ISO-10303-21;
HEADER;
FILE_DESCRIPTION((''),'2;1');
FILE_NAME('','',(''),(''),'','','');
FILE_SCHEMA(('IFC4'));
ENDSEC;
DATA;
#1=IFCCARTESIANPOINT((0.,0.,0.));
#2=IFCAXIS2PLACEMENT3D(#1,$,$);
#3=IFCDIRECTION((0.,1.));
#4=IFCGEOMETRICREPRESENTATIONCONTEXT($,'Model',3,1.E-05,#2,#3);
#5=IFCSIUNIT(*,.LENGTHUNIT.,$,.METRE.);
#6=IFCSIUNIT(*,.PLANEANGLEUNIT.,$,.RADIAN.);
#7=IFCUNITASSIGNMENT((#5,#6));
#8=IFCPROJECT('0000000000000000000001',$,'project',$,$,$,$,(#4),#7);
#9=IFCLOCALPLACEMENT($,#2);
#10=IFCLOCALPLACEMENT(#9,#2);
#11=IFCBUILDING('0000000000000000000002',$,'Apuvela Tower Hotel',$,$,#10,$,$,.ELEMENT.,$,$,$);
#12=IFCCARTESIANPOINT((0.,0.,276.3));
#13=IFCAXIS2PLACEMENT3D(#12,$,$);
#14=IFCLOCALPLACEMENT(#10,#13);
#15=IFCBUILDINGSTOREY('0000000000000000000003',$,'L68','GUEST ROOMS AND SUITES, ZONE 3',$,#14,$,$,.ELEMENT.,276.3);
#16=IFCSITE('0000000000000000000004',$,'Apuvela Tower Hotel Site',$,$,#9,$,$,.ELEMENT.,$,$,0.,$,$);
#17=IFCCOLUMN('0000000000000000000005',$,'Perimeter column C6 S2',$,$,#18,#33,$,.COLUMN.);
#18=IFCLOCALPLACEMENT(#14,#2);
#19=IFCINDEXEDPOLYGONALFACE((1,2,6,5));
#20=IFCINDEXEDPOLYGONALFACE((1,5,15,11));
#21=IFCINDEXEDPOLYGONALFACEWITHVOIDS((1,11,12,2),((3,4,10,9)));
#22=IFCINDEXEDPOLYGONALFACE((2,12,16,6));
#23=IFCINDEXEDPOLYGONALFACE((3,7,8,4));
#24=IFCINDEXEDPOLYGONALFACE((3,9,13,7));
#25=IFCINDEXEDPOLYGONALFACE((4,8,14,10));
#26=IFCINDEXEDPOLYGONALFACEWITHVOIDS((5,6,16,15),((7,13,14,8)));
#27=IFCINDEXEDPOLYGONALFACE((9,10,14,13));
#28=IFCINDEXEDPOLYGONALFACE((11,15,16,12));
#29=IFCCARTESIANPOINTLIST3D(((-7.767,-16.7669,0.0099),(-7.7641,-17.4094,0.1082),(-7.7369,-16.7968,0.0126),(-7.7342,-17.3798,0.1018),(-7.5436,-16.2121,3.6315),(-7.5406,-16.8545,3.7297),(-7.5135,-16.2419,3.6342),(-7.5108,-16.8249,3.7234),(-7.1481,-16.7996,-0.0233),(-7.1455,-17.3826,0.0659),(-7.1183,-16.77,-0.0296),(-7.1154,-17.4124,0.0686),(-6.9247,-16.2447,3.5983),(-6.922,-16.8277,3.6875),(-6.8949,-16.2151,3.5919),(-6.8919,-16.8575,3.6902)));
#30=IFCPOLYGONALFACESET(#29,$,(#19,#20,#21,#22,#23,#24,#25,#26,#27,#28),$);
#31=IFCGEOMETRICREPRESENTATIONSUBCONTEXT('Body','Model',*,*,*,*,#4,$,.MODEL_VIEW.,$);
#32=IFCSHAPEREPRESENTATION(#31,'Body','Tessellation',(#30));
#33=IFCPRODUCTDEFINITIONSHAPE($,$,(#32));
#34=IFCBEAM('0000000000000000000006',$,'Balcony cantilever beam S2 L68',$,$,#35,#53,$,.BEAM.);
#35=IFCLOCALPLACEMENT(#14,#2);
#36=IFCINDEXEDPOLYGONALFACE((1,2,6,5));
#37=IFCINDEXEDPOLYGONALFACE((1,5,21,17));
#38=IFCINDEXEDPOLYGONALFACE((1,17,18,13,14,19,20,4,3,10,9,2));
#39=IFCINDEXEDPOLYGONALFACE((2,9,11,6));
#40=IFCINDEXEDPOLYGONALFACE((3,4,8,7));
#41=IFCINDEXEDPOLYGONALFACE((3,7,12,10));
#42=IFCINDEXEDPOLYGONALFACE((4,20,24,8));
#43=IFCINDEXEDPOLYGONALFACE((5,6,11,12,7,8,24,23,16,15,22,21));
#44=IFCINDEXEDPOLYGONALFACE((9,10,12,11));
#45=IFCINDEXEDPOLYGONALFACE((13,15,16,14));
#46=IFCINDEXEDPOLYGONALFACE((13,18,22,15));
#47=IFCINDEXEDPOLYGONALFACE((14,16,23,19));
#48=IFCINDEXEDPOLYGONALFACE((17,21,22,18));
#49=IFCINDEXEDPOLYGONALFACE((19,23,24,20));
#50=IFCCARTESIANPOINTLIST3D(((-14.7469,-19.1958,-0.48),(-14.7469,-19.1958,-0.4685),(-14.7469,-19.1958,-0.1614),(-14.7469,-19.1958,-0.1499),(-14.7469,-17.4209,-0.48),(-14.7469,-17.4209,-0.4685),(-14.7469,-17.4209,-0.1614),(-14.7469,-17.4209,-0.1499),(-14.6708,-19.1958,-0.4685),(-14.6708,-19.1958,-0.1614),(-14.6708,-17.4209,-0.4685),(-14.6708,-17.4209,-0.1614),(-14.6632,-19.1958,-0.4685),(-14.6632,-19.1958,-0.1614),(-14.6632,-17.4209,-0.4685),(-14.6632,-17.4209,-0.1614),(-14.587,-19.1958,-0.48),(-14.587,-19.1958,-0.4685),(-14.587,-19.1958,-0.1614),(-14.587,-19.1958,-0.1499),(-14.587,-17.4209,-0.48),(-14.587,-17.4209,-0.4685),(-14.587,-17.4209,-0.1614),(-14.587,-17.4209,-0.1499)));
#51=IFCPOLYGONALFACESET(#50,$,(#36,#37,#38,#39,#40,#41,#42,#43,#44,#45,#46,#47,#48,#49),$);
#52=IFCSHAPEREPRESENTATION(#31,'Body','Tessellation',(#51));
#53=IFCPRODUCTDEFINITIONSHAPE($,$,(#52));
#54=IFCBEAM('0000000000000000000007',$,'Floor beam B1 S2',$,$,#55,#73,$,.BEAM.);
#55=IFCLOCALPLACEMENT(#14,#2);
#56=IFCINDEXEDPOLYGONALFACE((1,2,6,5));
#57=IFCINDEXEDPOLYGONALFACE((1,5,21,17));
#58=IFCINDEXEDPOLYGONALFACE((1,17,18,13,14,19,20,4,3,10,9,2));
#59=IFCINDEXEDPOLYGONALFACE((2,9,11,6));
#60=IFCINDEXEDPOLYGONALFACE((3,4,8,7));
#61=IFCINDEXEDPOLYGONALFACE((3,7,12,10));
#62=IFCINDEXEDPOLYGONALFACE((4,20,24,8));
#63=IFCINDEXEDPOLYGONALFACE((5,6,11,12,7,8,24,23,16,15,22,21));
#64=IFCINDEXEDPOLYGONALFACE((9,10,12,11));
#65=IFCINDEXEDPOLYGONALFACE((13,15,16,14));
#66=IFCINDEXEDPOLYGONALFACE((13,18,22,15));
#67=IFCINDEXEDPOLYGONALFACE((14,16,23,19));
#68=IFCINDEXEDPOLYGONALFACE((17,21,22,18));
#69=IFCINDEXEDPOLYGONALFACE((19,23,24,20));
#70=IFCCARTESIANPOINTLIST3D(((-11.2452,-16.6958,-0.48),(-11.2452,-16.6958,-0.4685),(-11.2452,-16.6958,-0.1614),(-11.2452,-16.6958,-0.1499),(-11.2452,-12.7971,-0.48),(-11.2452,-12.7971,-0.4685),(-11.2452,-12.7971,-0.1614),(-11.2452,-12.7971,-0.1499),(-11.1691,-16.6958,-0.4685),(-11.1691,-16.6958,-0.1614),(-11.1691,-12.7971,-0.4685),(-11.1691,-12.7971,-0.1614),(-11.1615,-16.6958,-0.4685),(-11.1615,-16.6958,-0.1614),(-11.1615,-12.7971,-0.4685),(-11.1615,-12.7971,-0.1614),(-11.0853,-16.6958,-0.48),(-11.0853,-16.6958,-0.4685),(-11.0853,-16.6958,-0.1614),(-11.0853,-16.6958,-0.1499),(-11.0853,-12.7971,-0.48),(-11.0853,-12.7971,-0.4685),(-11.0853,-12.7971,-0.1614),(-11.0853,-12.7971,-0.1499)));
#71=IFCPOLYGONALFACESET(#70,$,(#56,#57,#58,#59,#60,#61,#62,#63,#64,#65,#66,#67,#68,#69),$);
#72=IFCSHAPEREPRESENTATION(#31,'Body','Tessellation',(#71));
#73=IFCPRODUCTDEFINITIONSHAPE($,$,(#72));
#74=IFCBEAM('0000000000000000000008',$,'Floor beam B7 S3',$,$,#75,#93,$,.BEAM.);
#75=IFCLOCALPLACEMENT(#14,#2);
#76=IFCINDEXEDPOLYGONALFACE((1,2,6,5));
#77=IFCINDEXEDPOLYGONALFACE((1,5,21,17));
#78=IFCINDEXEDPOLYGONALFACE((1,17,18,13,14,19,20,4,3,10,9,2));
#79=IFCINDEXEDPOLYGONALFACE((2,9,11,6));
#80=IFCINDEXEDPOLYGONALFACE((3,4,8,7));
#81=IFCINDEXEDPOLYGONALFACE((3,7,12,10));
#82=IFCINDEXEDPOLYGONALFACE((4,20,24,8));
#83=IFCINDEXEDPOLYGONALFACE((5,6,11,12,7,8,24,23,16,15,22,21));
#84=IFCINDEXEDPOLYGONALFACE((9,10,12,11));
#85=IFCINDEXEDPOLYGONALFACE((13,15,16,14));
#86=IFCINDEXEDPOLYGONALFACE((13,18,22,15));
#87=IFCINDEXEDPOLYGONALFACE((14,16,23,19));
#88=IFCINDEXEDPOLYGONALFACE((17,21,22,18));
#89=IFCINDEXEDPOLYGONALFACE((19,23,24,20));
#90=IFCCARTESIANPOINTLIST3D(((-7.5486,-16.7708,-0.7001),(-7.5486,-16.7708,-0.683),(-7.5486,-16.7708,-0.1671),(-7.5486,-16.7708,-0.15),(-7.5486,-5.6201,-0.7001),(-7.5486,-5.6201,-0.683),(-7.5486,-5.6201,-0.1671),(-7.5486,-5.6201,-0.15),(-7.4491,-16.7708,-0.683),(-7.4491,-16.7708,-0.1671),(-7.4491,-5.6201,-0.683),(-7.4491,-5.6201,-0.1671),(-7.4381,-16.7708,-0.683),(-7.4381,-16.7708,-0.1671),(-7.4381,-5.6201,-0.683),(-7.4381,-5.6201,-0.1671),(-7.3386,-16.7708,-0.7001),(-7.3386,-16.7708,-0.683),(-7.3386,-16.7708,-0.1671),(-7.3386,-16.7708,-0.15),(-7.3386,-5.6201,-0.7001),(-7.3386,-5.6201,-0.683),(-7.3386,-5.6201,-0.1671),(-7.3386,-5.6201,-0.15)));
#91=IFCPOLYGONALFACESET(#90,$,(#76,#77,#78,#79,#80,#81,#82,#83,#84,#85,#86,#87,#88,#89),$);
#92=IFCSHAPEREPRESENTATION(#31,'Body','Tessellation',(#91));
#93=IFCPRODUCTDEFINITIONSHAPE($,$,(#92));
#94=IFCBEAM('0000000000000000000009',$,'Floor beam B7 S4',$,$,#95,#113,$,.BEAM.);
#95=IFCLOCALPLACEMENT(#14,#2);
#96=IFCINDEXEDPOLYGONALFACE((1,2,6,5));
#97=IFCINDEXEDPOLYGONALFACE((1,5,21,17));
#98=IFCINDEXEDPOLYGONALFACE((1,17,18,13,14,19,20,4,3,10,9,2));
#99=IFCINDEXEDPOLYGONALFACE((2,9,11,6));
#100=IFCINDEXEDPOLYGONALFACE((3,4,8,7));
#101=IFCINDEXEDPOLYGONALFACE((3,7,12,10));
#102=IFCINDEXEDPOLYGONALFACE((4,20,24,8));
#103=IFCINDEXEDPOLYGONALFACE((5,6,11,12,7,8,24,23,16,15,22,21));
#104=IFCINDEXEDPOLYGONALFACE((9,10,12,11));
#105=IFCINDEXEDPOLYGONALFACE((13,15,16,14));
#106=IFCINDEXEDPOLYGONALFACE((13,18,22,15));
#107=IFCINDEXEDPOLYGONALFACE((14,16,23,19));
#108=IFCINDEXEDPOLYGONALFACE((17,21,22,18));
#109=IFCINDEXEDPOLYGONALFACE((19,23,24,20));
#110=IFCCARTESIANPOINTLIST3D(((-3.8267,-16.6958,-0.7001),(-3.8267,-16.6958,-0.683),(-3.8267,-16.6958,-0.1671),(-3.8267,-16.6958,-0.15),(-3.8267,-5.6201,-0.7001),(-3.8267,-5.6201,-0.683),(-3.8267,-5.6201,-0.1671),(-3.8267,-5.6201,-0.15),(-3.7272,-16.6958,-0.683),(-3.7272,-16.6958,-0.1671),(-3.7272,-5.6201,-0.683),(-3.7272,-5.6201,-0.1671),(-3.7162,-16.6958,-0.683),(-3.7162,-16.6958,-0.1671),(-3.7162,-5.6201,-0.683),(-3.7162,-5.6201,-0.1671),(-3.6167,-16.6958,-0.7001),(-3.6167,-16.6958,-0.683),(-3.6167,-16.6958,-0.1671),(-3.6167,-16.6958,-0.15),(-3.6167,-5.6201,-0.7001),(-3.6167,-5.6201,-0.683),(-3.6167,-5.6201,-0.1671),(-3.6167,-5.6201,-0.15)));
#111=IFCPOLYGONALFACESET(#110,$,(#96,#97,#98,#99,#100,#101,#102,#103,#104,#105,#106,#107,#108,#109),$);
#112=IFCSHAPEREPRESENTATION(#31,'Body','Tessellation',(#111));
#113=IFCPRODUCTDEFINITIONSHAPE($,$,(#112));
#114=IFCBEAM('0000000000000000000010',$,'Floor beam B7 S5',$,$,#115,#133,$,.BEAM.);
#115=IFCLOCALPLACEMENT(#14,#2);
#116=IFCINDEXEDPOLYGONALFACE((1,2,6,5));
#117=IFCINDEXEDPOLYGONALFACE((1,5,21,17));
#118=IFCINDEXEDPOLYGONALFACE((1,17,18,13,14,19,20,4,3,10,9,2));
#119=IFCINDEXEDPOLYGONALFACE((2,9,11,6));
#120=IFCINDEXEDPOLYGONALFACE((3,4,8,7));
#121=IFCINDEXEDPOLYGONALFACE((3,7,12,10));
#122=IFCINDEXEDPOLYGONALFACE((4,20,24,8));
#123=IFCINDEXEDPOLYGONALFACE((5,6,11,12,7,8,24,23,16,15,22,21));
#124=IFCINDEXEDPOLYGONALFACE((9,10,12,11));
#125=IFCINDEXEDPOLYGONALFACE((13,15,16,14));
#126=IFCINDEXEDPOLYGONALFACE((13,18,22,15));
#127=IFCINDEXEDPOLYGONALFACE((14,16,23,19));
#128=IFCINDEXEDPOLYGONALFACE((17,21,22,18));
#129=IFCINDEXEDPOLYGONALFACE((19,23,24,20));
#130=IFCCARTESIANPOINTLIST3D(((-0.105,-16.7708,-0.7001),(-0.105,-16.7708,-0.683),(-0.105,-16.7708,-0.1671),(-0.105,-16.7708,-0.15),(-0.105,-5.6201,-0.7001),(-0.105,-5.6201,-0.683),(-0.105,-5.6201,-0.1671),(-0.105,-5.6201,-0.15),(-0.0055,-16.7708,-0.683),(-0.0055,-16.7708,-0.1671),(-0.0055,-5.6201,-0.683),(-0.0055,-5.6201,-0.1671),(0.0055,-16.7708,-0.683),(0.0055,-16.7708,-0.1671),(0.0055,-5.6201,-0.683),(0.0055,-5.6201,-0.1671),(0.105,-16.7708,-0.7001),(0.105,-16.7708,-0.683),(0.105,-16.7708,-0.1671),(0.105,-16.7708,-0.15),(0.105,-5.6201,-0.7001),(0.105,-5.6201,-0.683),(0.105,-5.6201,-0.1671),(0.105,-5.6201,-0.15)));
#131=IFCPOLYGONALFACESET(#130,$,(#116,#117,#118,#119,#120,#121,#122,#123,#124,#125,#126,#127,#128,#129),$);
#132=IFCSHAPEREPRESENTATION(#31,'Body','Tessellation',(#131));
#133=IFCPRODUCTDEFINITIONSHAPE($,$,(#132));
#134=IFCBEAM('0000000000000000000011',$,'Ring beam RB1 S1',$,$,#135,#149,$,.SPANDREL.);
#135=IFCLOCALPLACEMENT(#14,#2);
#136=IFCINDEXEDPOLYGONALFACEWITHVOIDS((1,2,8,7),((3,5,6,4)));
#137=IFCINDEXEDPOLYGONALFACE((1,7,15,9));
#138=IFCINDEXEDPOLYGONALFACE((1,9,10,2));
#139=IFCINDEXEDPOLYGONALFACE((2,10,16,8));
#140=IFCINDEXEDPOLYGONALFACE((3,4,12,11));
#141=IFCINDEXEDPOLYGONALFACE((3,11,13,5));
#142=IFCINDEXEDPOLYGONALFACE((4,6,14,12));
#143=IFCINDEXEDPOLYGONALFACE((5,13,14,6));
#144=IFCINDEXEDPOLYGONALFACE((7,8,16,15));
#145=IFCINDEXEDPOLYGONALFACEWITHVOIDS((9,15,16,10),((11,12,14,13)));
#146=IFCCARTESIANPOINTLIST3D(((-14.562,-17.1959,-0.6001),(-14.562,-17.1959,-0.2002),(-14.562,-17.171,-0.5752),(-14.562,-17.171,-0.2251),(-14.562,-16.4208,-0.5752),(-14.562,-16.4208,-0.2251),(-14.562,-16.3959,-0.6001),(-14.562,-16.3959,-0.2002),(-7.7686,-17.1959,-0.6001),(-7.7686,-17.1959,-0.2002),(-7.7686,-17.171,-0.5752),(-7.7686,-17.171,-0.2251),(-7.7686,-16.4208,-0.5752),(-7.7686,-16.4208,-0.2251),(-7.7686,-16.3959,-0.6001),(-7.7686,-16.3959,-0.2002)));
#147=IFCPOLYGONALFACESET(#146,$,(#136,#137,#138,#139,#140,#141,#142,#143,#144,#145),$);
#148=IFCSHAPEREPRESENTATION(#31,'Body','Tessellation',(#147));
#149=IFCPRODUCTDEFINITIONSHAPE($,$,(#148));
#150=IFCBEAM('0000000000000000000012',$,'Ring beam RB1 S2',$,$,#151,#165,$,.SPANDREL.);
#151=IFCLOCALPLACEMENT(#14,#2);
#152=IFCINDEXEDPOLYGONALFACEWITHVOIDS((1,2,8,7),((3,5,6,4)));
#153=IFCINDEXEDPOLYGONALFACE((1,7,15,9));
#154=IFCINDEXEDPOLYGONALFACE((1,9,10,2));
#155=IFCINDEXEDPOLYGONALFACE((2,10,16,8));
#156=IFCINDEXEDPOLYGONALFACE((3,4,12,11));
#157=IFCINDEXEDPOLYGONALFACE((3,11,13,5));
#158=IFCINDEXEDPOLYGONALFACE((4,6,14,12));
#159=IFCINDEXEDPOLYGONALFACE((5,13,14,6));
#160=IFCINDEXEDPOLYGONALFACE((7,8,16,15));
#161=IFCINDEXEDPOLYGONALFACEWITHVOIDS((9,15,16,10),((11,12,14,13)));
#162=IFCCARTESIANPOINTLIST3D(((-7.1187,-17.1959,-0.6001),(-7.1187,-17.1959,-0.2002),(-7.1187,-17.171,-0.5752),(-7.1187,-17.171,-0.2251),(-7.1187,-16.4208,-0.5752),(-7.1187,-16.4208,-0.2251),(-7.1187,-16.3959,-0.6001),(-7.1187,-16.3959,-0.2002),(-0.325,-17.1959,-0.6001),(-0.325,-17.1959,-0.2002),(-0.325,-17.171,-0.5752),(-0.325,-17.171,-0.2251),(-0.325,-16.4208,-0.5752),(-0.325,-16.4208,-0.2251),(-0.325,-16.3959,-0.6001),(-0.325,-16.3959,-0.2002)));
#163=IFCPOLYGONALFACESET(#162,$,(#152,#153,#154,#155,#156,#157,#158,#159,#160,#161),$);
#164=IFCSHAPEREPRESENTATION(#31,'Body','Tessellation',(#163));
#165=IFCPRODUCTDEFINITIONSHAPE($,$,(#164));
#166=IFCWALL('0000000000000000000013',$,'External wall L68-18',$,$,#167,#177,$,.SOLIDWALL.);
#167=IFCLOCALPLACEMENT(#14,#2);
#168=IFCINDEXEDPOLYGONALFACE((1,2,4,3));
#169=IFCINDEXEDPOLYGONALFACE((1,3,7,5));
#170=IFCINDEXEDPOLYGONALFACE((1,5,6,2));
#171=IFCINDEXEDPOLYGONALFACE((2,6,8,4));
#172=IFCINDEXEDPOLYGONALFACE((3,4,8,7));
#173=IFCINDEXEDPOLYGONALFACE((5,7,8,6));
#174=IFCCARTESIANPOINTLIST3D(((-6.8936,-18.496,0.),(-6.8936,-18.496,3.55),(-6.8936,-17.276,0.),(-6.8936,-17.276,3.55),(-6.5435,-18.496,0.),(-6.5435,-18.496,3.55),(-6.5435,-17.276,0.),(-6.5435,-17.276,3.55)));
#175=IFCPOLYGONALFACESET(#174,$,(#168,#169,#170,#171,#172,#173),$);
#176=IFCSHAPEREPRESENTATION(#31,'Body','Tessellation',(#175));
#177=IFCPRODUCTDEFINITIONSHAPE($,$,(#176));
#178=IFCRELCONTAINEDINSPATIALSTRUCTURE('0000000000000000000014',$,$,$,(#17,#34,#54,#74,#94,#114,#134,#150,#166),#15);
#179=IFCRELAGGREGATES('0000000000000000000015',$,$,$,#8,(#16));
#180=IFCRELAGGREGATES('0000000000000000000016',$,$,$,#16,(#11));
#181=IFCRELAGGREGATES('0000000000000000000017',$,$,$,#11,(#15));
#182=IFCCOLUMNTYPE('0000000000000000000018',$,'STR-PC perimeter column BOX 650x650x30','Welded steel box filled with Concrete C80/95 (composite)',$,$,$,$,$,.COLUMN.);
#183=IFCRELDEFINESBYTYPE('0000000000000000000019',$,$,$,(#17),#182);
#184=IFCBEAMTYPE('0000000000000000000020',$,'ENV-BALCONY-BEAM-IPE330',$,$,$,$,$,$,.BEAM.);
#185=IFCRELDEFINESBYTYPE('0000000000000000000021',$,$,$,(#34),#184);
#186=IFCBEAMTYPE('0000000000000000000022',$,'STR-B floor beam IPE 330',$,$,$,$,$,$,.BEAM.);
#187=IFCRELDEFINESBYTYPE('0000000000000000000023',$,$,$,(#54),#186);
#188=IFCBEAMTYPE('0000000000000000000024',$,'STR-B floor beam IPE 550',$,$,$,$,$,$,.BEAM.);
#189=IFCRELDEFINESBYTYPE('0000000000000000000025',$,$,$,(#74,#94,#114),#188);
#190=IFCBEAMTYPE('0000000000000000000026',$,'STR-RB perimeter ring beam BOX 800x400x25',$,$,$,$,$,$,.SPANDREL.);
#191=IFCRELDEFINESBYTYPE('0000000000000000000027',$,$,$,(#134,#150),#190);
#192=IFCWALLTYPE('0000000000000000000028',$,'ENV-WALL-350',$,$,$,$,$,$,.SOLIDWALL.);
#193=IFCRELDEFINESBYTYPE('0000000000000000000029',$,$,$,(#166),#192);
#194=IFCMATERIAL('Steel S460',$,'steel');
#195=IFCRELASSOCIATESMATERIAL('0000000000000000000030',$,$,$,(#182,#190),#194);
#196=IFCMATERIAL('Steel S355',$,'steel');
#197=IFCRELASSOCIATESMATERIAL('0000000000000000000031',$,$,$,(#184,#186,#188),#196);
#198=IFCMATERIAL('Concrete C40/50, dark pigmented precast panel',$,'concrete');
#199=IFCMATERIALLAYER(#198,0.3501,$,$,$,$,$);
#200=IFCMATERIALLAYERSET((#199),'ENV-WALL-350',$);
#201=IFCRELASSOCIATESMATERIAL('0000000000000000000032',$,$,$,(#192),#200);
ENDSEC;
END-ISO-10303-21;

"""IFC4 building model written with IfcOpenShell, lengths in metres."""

from ifc_helpers import new_model, si_unit, direction, frame, frame_2d, origin, origin_2d, place, context, subcontext, project, spatial, rectangle, hollow_rectangle, i_section, extrude, boolean, halfspace, material, layer, layer_set, material_profile, profile_set, type_object, element, save


model = new_model("IFC4")

# Units and contexts
model_context = context("Model", 3, precision=1e-05, world=origin(), true_north=direction((0.0, 1.0)))
body_context = subcontext(model_context, "Body", "Model", "MODEL_VIEW")
ifc_project = project(units=[si_unit("LENGTHUNIT", "METRE"), si_unit("PLANEANGLEUNIT", "RADIAN")], contexts=[model_context])

# Site, building, storey
site_placement = place(None, origin())
site = spatial("IfcSite", under=ifc_project, at=site_placement, Name="Apuvela Tower Hotel Site", CompositionType="ELEMENT", RefElevation=0.0)
building_placement = place(site_placement, origin())
building = spatial("IfcBuilding", under=site, at=building_placement, Name="Apuvela Tower Hotel", CompositionType="ELEMENT")
storey_placement = place(building_placement, frame((0.0, 0.0, 276.3)))
storey = spatial("IfcBuildingStorey", under=building, at=storey_placement, Name="L68", Description="GUEST ROOMS AND SUITES, ZONE 3", CompositionType="ELEMENT", Elevation=276.3)

# Column
ifc_material_1 = material(Name="Steel S460", Category="steel")
ifc_material_profile_1 = material_profile(ifc_material_1, hollow_rectangle(XDim=0.6499, YDim=0.6499, WallThickness=0.03, at=origin_2d()), Name="BOX 650x650x30")
ifc_material_2 = material(Name="Concrete C80/95", Category="concrete")
ifc_material_profile_2 = material_profile(ifc_material_2, rectangle(XDim=0.5901, YDim=0.5901, at=origin_2d()), Name="Concrete C80/95 infill")
ifc_profile_set_1 = profile_set([ifc_material_profile_1, ifc_material_profile_2], Name="Steel S460")
column_type = type_object("IfcColumnType", Name="STR-PC perimeter column BOX 650x650x30", Description="Welded steel box filled with Concrete C80/95 (composite)", PredefinedType="COLUMN", material=ifc_profile_set_1)
column_1_placement = place(storey_placement, frame((-7.4436, -17.0957, 0.0), z_axis=(0.060871, 0.151169, 0.986632), x_axis=(-0.998135, 0.004721, 0.060857)))
element("IfcColumn", 1, at=column_1_placement, inside=storey, type_object=column_type, Name="Perimeter column C6 S2", PredefinedType="COLUMN", context=body_context, shape_type="SweptSolid", body=[
    boolean("DIFFERENCE", boolean("DIFFERENCE", extrude(hollow_rectangle(XDim=0.6499, YDim=0.6499, WallThickness=0.03, at=origin_2d()), origin(), (0.0, 0.0, 1.0), 3.75), halfspace(frame((0.0, 0.0, 0.0398), z_axis=(0.0, 0.0, 1.0), x_axis=(1.0, 0.0, 0.0)), True)), halfspace(frame((0.0, 0.0, 3.7104), z_axis=(0.0, 0.0, 1.0), x_axis=(1.0, 0.0, 0.0)), False)),
])

# Beams
ifc_material_3 = material(Name="Steel S355", Category="steel")
ifc_material_profile_3 = material_profile(ifc_material_3, i_section(OverallWidth=0.1599, OverallDepth=0.3301, WebThickness=0.0076, FlangeThickness=0.0115, at=origin_2d()), Name="IPE 330")
ifc_profile_set_2 = profile_set([ifc_material_profile_3], Name="Steel S355")
beam_type_1 = type_object("IfcBeamType", Name="ENV-BALCONY-BEAM-IPE330", PredefinedType="BEAM", material=ifc_profile_set_2)
beam_1_placement = place(storey_placement, frame((-14.667, -17.4209, -0.3149), z_axis=(0.0, -1.0, 0.0), x_axis=(1.0, 0.0, 0.0)))
element("IfcBeam", 2, at=beam_1_placement, inside=storey, type_object=beam_type_1, Name="Balcony cantilever beam S2 L68", PredefinedType="BEAM", context=body_context, shape_type="SweptSolid", body=[
    extrude(i_section(OverallWidth=0.1599, OverallDepth=0.3301, WebThickness=0.0076, FlangeThickness=0.0115, at=origin_2d()), origin(), (0.0, 0.0, 1.0), 1.7749),
])
ifc_material_profile_4 = material_profile(ifc_material_3, i_section(OverallWidth=0.1599, OverallDepth=0.3301, WebThickness=0.0076, FlangeThickness=0.0115, at=origin_2d()), Name="IPE 330")
ifc_profile_set_3 = profile_set([ifc_material_profile_4], Name="Steel S355")
beam_type_2 = type_object("IfcBeamType", Name="STR-B floor beam IPE 330", PredefinedType="BEAM", material=ifc_profile_set_3)
beam_2_placement = place(storey_placement, frame((-11.1653, -16.6958, -0.3149), z_axis=(0.0, 1.0, 0.0), x_axis=(-1.0, 0.0, 0.0)))
element("IfcBeam", 3, at=beam_2_placement, inside=storey, type_object=beam_type_2, Name="Floor beam B1 S2", PredefinedType="BEAM", context=body_context, shape_type="SweptSolid", body=[
    extrude(i_section(OverallWidth=0.1599, OverallDepth=0.3301, WebThickness=0.0076, FlangeThickness=0.0115, at=origin_2d()), origin(), (0.0, 0.0, 1.0), 3.8987),
])
ifc_material_profile_5 = material_profile(ifc_material_3, i_section(OverallWidth=0.21, OverallDepth=0.55, WebThickness=0.011, FlangeThickness=0.0171, at=origin_2d()), Name="IPE 550")
ifc_profile_set_4 = profile_set([ifc_material_profile_5], Name="Steel S355")
beam_type_3 = type_object("IfcBeamType", Name="STR-B floor beam IPE 550", PredefinedType="BEAM", material=ifc_profile_set_4)
beam_3_placement = place(storey_placement, frame((-7.4436, -16.7708, -0.425), z_axis=(0.0, 1.0, 0.0), x_axis=(-1.0, 0.0, 0.0)))
element("IfcBeam", 4, at=beam_3_placement, inside=storey, type_object=beam_type_3, Name="Floor beam B7 S3", PredefinedType="BEAM", context=body_context, shape_type="SweptSolid", body=[
    extrude(i_section(OverallWidth=0.21, OverallDepth=0.55, WebThickness=0.011, FlangeThickness=0.0171, at=origin_2d()), origin(), (0.0, 0.0, 1.0), 11.1506),
])
beam_4_placement = place(storey_placement, frame((-3.7217, -16.6958, -0.425), z_axis=(0.0, 1.0, 0.0), x_axis=(-1.0, 0.0, 0.0)))
element("IfcBeam", 5, at=beam_4_placement, inside=storey, type_object=beam_type_3, Name="Floor beam B7 S4", PredefinedType="BEAM", context=body_context, shape_type="SweptSolid", body=[
    extrude(i_section(OverallWidth=0.21, OverallDepth=0.55, WebThickness=0.011, FlangeThickness=0.0171, at=origin_2d()), origin(), (0.0, 0.0, 1.0), 11.0757),
])
beam_5_placement = place(storey_placement, frame((0.0, -16.7708, -0.425), z_axis=(0.0, 1.0, 0.0), x_axis=(-1.0, 0.0, 0.0)))
element("IfcBeam", 6, at=beam_5_placement, inside=storey, type_object=beam_type_3, Name="Floor beam B7 S5", PredefinedType="BEAM", context=body_context, shape_type="SweptSolid", body=[
    extrude(i_section(OverallWidth=0.21, OverallDepth=0.55, WebThickness=0.011, FlangeThickness=0.0171, at=origin_2d()), origin(), (0.0, 0.0, 1.0), 11.1506),
])
ifc_material_profile_6 = material_profile(ifc_material_1, hollow_rectangle(XDim=0.8, YDim=0.3999, WallThickness=0.0249, at=origin_2d()), Name="BOX 800x400x25")
ifc_profile_set_5 = profile_set([ifc_material_profile_6], Name="Steel S460")
beam_type_4 = type_object("IfcBeamType", Name="STR-RB perimeter ring beam BOX 800x400x25", PredefinedType="SPANDREL", material=ifc_profile_set_5)
beam_6_placement = place(storey_placement, frame((-14.562, -16.7959, -0.4001), z_axis=(1.0, 0.0, 0.0), x_axis=(0.0, 1.0, 0.0)))
element("IfcBeam", 7, at=beam_6_placement, inside=storey, type_object=beam_type_4, Name="Ring beam RB1 S1", PredefinedType="SPANDREL", context=body_context, shape_type="SweptSolid", body=[
    extrude(hollow_rectangle(XDim=0.8, YDim=0.3999, WallThickness=0.0249, at=origin_2d()), origin(), (0.0, 0.0, 1.0), 6.7935),
])
beam_7_placement = place(storey_placement, frame((-7.1187, -16.7959, -0.4001), z_axis=(1.0, 0.0, 0.0), x_axis=(0.0, 1.0, 0.0)))
element("IfcBeam", 8, at=beam_7_placement, inside=storey, type_object=beam_type_4, Name="Ring beam RB1 S2", PredefinedType="SPANDREL", context=body_context, shape_type="SweptSolid", body=[
    extrude(hollow_rectangle(XDim=0.8, YDim=0.3999, WallThickness=0.0249, at=origin_2d()), origin(), (0.0, 0.0, 1.0), 6.7937),
])

# Wall
ifc_material_4 = material(Name="Concrete C40/50, dark pigmented precast panel", Category="concrete")
ifc_layer_1 = layer(ifc_material_4, 0.3501)
ifc_layer_set_1 = layer_set([ifc_layer_1], Name="ENV-WALL-350")
wall_type_1 = type_object("IfcWallType", Name="ENV-WALL-350", PredefinedType="SOLIDWALL", material=ifc_layer_set_1)
wall_1_placement = place(storey_placement, frame((-6.7185, -18.4958, 0.0), z_axis=(0.0, 0.0, 1.0), x_axis=(0.0, 1.0, 0.0)))
element("IfcWall", 9, at=wall_1_placement, inside=storey, type_object=wall_type_1, Name="External wall L68-18", PredefinedType="SOLIDWALL", context=body_context, shape_type="SweptSolid", body=[
    extrude(rectangle(XDim=1.22, YDim=0.3501, at=frame_2d((0.6099, 0.0))), origin(), (0.0, 0.0, 1.0), 3.55),
])

save(model, "model.ifc")
